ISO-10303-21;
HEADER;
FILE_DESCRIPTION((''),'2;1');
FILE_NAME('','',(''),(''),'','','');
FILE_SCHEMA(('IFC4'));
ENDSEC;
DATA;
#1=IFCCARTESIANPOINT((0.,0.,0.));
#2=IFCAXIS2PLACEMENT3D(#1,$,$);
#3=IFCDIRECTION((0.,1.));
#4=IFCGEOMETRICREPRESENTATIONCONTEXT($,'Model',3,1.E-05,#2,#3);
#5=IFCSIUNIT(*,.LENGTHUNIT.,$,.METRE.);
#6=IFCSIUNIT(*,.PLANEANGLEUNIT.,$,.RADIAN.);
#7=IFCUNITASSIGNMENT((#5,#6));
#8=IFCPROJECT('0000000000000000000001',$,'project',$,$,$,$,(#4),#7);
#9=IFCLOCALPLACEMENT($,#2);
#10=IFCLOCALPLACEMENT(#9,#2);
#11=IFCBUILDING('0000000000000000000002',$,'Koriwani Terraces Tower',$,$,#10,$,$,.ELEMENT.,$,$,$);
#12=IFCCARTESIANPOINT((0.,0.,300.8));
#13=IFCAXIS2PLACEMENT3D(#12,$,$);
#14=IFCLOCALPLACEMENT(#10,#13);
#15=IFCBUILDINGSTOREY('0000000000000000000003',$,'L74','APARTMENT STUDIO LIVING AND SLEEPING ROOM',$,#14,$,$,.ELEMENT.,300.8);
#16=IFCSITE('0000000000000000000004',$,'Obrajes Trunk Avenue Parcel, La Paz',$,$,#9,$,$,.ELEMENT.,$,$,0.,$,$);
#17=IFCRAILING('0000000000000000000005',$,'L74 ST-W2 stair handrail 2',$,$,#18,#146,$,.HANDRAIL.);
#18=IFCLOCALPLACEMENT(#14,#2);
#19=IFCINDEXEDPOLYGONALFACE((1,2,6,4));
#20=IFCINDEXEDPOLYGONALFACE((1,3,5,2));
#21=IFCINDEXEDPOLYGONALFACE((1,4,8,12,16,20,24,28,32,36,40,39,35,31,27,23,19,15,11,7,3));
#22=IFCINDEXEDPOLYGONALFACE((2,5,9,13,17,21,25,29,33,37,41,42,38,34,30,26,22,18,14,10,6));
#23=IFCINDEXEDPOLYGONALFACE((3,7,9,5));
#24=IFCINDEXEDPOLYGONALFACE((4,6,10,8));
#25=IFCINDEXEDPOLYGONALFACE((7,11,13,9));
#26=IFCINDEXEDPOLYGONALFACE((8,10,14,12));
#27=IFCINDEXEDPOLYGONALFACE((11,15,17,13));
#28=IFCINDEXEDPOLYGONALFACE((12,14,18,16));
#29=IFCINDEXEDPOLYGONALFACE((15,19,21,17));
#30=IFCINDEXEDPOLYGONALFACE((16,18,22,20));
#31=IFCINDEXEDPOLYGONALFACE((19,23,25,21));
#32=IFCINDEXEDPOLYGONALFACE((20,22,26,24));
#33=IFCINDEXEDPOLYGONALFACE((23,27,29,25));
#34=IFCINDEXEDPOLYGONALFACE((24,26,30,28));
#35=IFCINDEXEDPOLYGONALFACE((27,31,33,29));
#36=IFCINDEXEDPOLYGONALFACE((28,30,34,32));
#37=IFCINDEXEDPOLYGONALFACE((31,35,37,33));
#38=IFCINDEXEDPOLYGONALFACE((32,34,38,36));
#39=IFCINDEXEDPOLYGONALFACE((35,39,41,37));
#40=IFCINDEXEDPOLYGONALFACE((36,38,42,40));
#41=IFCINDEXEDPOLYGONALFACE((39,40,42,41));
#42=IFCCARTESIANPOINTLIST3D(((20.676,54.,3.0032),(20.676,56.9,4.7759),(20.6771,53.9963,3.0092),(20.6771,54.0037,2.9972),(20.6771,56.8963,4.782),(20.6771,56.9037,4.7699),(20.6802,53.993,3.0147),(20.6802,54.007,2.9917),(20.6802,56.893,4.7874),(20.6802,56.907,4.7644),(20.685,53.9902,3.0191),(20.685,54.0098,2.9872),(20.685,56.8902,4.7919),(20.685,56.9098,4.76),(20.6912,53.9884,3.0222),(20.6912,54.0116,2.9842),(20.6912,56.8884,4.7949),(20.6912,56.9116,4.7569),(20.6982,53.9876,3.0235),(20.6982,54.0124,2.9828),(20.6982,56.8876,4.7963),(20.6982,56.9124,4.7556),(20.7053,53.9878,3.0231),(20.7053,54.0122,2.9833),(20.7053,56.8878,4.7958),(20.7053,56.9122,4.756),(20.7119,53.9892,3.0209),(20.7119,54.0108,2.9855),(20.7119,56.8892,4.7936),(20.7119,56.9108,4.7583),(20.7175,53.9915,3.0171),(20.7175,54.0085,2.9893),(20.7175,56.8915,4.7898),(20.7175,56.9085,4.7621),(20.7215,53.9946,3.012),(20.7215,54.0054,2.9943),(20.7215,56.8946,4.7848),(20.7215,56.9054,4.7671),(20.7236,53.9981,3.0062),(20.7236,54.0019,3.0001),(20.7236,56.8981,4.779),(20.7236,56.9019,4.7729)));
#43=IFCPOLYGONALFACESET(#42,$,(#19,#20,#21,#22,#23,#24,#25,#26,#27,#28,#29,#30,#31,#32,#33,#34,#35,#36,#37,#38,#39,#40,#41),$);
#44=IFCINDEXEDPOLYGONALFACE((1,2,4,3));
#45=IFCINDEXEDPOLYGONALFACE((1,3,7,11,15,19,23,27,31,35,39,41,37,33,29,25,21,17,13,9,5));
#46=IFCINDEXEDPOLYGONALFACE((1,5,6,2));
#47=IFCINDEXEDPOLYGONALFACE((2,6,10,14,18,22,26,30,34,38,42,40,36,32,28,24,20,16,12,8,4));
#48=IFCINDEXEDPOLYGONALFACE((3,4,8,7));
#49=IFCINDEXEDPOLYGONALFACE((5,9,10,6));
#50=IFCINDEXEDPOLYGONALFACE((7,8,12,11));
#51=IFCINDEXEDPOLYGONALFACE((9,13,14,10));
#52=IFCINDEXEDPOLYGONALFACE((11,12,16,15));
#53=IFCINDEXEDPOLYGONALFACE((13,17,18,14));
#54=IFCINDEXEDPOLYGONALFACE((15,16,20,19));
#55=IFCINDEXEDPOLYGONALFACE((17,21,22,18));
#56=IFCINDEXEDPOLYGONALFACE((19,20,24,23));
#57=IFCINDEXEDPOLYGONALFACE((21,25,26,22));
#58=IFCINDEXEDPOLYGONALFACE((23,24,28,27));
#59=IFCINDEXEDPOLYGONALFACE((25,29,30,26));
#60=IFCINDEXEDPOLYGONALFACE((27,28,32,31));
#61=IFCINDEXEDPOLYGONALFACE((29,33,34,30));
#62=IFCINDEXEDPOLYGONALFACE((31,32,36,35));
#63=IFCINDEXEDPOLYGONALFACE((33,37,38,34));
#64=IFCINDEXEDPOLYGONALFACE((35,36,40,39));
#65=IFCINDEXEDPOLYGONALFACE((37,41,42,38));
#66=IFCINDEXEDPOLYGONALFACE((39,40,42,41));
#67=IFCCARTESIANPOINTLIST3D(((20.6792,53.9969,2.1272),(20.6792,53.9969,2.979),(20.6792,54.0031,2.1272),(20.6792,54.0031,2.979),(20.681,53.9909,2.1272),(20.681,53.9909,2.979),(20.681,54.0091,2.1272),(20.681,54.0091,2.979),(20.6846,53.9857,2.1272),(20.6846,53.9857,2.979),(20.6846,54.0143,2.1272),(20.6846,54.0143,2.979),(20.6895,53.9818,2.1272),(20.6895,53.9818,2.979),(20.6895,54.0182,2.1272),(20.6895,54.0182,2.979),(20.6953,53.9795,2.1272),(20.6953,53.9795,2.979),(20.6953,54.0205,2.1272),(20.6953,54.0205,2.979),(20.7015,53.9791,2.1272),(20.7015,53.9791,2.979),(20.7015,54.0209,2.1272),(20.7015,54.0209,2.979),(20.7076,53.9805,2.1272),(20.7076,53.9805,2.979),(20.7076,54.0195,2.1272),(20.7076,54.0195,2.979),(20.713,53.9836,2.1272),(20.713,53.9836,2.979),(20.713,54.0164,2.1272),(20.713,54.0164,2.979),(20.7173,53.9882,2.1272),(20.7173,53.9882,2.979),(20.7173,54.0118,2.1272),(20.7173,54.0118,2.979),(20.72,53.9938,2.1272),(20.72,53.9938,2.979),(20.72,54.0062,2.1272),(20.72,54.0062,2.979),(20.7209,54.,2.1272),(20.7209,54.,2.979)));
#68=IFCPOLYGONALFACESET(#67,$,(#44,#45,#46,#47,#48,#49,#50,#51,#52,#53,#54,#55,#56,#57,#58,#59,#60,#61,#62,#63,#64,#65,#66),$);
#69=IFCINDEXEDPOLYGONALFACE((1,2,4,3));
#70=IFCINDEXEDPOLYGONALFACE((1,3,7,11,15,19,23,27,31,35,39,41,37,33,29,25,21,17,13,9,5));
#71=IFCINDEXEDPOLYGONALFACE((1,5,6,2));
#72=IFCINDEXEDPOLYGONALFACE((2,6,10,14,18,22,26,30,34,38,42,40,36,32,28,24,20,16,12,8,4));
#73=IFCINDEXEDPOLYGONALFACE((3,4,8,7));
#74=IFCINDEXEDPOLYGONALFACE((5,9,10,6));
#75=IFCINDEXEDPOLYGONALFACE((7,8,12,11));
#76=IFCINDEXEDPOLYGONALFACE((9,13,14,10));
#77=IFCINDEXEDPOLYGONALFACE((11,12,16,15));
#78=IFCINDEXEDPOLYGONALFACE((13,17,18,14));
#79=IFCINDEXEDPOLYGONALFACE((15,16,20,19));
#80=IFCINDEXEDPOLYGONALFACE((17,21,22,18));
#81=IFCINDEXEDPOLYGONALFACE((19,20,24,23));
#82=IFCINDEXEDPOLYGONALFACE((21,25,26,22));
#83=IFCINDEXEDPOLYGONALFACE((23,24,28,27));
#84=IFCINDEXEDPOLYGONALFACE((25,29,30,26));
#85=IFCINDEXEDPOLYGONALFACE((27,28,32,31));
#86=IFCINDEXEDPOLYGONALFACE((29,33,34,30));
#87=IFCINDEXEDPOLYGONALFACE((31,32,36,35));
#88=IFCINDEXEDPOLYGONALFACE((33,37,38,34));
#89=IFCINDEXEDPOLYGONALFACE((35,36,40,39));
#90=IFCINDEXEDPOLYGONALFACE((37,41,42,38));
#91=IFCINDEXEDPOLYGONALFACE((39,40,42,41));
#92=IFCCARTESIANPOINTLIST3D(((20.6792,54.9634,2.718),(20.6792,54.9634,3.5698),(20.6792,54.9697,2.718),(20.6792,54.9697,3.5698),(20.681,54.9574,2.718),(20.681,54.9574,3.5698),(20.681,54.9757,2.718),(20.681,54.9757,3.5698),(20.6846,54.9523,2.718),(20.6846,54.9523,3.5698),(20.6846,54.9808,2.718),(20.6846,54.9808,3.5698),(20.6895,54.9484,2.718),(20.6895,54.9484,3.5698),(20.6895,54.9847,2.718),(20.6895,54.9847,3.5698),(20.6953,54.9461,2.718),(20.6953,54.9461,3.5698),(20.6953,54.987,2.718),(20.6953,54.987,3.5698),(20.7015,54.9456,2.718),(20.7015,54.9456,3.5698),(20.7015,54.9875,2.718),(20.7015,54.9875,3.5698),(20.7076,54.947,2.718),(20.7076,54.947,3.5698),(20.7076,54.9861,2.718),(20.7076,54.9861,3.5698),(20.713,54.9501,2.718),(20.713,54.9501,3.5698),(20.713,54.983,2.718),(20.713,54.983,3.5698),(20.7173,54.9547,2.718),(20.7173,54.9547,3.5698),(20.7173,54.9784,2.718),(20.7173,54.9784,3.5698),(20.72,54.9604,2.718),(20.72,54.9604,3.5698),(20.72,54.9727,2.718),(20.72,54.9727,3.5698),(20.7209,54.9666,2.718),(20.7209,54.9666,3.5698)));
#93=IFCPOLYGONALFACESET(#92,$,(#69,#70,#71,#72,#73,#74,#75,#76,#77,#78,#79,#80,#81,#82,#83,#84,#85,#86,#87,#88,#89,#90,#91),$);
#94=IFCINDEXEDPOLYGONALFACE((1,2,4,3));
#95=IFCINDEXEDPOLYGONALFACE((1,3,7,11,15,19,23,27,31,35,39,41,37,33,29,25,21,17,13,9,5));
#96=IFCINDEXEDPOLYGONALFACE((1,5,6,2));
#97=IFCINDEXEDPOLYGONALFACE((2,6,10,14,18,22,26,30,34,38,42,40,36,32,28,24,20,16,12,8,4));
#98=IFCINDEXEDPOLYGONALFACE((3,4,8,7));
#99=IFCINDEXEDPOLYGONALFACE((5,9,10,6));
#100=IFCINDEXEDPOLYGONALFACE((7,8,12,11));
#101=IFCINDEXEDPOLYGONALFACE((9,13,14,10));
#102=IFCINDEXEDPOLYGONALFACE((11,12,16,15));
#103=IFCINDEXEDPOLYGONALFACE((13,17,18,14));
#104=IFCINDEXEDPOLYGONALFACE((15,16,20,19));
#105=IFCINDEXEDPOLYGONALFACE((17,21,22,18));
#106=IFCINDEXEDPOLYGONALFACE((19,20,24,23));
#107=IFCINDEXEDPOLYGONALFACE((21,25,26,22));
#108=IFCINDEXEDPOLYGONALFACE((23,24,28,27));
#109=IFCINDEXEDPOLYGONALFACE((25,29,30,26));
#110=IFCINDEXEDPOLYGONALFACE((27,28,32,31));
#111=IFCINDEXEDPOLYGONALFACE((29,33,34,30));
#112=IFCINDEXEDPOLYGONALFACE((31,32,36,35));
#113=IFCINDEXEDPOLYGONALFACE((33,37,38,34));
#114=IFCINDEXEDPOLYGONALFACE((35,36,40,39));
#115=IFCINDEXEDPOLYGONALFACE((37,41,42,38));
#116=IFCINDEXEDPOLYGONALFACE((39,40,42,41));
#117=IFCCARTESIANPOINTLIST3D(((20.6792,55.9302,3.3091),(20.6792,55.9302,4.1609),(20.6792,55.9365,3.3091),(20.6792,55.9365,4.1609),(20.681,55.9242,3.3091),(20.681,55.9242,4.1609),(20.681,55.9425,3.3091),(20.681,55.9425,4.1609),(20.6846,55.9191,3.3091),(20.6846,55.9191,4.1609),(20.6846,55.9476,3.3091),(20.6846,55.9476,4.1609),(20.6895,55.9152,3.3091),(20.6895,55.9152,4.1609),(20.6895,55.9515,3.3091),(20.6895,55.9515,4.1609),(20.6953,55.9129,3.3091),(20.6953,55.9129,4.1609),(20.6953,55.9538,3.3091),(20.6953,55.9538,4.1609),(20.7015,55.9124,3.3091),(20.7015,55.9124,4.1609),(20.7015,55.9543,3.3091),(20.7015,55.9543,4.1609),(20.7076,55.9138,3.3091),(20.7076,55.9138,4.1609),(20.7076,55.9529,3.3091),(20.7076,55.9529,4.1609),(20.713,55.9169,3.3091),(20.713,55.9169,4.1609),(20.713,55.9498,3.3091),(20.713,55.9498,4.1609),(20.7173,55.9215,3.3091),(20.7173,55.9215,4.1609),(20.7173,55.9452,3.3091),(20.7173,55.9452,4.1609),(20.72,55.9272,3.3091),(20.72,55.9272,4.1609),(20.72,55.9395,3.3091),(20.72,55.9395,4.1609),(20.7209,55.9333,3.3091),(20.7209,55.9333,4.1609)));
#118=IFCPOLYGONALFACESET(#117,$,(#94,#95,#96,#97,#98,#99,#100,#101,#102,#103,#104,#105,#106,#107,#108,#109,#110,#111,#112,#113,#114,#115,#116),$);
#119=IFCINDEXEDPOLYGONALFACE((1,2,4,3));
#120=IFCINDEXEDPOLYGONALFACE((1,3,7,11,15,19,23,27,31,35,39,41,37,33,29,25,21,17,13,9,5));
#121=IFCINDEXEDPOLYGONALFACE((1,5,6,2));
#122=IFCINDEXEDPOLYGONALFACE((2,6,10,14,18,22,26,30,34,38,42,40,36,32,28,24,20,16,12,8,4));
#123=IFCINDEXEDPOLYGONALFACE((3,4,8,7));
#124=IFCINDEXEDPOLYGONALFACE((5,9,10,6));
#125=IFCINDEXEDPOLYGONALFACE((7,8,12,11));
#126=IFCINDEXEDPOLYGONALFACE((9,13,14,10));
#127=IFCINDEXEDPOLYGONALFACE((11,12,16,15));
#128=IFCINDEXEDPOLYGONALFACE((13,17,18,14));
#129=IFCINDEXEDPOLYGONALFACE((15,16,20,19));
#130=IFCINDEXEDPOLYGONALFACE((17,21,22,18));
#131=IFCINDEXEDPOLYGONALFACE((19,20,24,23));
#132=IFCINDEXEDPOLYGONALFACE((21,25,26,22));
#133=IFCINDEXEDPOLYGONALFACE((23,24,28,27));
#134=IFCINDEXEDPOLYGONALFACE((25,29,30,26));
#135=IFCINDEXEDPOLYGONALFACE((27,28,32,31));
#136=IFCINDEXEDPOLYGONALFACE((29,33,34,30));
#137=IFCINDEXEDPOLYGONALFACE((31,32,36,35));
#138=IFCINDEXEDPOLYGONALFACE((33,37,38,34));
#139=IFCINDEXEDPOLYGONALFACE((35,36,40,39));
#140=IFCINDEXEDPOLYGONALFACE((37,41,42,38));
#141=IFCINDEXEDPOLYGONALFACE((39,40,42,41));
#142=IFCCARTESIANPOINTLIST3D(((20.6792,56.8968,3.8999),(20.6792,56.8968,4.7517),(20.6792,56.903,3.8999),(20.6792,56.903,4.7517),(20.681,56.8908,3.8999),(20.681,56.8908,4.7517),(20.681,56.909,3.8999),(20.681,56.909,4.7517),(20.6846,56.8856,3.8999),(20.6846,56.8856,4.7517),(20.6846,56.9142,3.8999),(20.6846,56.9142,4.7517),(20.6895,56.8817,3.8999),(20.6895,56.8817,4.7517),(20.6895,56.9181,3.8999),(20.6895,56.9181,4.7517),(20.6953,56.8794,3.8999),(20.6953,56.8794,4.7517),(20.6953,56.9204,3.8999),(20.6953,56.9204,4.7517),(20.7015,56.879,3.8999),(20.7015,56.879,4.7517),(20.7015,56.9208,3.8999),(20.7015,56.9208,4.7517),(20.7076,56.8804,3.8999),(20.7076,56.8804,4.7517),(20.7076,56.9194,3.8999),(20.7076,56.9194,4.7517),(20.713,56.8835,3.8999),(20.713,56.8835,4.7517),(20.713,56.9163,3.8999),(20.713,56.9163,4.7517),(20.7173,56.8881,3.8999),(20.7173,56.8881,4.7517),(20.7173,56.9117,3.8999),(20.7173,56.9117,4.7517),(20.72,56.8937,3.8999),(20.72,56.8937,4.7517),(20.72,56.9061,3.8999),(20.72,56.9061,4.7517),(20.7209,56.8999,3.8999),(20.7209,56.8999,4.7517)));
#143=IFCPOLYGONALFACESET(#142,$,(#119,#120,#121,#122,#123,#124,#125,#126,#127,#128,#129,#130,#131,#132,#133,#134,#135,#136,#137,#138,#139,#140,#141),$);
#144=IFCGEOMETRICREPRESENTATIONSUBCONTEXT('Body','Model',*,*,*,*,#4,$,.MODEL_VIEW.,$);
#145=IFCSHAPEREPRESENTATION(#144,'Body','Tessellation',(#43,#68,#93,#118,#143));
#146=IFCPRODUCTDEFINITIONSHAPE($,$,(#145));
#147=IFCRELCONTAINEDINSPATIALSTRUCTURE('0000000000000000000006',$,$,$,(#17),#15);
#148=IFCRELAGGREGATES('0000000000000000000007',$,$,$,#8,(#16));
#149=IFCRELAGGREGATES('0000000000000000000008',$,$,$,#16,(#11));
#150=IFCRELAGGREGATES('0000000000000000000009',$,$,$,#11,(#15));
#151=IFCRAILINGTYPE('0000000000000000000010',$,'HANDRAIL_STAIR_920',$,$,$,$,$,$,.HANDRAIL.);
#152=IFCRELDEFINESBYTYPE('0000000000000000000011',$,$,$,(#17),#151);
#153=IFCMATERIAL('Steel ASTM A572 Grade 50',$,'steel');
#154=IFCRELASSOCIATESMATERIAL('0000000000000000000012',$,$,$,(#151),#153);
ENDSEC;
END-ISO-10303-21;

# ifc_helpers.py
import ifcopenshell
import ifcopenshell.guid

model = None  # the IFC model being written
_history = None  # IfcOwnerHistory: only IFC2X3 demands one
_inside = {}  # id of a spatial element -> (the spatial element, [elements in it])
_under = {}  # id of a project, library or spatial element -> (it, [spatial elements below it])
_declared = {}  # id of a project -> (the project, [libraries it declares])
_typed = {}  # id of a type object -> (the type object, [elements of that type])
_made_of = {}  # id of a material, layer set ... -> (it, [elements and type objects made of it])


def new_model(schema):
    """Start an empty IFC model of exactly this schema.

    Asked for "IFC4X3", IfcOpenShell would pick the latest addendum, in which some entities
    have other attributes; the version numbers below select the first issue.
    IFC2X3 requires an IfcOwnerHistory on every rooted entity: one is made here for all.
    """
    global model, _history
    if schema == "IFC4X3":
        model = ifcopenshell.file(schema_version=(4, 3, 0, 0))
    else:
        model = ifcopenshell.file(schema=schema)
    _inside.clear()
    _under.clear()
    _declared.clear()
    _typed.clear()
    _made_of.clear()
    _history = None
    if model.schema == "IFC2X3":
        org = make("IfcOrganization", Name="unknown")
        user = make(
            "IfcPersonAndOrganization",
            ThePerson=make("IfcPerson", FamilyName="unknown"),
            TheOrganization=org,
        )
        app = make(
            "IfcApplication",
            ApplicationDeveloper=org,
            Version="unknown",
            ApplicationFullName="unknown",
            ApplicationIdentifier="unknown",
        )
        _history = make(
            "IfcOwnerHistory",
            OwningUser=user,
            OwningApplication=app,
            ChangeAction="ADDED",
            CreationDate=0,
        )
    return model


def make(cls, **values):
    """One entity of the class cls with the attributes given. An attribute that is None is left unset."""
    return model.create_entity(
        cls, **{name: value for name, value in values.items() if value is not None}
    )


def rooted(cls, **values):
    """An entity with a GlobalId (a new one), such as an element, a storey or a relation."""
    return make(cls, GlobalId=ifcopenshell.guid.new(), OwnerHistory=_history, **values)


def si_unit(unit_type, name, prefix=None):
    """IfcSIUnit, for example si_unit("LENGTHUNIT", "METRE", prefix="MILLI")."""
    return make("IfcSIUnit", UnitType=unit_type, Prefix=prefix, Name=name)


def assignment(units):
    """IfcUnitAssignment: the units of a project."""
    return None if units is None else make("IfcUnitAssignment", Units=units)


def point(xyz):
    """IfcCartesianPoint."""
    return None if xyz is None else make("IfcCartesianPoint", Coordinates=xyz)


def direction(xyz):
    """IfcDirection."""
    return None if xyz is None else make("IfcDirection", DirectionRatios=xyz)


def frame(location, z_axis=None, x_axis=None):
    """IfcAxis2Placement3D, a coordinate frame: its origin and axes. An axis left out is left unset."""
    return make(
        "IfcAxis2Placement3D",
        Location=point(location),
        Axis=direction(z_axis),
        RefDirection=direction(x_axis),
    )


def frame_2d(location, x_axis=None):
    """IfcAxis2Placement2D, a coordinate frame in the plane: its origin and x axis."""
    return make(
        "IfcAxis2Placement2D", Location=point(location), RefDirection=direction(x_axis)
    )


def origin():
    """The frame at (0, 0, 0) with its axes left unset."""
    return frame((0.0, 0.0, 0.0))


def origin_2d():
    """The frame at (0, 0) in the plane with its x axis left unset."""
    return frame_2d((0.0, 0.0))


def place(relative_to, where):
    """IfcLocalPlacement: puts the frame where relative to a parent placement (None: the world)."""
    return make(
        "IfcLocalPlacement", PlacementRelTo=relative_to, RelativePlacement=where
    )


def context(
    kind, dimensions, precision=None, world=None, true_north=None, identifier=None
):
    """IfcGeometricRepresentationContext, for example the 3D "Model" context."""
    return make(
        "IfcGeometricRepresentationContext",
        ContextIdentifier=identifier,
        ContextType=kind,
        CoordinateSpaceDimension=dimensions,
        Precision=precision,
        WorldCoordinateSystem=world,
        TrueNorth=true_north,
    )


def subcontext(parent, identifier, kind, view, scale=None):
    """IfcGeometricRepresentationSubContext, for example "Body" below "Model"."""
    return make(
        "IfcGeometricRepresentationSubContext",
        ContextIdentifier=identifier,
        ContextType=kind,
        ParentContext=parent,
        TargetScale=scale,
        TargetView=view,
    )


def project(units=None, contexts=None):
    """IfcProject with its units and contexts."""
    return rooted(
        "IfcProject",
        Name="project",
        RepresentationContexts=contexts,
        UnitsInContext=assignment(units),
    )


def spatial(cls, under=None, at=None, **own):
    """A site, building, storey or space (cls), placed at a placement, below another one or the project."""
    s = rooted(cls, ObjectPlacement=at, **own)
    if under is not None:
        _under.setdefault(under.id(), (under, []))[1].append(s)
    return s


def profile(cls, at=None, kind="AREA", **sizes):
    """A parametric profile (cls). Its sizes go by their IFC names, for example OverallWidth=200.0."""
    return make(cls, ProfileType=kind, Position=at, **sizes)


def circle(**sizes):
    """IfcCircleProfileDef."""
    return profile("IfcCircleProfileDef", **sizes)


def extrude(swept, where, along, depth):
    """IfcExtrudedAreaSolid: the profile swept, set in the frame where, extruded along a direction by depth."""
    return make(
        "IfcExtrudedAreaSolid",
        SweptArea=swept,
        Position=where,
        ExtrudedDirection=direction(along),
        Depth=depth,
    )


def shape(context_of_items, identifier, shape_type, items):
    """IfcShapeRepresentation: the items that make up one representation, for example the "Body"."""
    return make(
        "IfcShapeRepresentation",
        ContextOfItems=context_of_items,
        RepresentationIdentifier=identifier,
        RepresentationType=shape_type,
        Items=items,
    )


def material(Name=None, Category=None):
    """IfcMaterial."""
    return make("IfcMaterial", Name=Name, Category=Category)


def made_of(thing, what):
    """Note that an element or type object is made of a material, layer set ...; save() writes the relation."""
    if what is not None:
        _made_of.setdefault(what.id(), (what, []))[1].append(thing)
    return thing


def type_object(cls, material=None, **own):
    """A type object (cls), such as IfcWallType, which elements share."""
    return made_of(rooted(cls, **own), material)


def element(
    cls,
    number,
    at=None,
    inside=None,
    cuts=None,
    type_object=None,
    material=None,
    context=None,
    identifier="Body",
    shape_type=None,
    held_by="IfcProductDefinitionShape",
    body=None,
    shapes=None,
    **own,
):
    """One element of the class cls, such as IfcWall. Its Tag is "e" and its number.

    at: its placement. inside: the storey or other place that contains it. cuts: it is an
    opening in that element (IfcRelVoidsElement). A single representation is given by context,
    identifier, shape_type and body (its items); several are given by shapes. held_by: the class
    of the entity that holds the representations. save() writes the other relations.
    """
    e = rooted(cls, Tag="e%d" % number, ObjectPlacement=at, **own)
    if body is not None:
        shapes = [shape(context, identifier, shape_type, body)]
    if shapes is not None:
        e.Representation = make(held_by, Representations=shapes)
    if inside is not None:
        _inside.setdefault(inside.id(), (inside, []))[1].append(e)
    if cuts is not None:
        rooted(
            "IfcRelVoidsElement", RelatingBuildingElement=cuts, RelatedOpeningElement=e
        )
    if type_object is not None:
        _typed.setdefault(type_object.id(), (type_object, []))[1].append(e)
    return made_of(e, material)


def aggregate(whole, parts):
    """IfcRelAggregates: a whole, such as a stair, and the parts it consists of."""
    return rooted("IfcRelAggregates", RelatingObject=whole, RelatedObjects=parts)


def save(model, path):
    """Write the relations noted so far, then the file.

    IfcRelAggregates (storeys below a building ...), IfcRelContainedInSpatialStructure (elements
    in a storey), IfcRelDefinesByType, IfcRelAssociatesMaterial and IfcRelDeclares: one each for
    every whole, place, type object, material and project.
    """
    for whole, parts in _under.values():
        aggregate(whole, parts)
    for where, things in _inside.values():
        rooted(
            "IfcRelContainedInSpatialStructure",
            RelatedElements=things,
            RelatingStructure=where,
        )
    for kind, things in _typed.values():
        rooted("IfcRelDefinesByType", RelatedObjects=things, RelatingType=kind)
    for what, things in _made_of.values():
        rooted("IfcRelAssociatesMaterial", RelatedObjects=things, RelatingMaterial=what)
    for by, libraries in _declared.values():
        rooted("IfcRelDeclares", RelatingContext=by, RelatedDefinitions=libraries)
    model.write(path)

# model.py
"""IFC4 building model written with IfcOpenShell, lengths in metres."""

from ifc_helpers import new_model, si_unit, direction, frame, origin, origin_2d, place, context, subcontext, project, spatial, circle, extrude, material, type_object, element, save


model = new_model("IFC4")

# Units and contexts
model_context = context("Model", 3, precision=1e-05, world=origin(), true_north=direction((0.0, 1.0)))
body_context = subcontext(model_context, "Body", "Model", "MODEL_VIEW")
ifc_project = project(units=[si_unit("LENGTHUNIT", "METRE"), si_unit("PLANEANGLEUNIT", "RADIAN")], contexts=[model_context])

# Site, building, storey
site_placement = place(None, origin())
site = spatial("IfcSite", under=ifc_project, at=site_placement, Name="Obrajes Trunk Avenue Parcel, La Paz", CompositionType="ELEMENT", RefElevation=0.0)
building_placement = place(site_placement, origin())
building = spatial("IfcBuilding", under=site, at=building_placement, Name="Koriwani Terraces Tower", CompositionType="ELEMENT")
storey_placement = place(building_placement, frame((0.0, 0.0, 300.8)))
storey = spatial("IfcBuildingStorey", under=building, at=storey_placement, Name="L74", Description="APARTMENT STUDIO LIVING AND SLEEPING ROOM", CompositionType="ELEMENT", Elevation=300.8)

# Shared definitions
ifc_material_1 = material(Name="Steel ASTM A572 Grade 50", Category="steel")

# Railing
railing_type = type_object("IfcRailingType", Name="HANDRAIL_STAIR_920", PredefinedType="HANDRAIL", material=ifc_material_1)
for number, where, name in (
    (1, (20.7, 54.0, 2.1272), "L74 ST-W2 stair handrail 2"),
):
    element("IfcRailing", number, at=place(storey_placement, frame(where)), inside=storey, type_object=railing_type, Name=name, PredefinedType="HANDRAIL", context=body_context, shape_type="SweptSolid", body=[
        extrude(circle(Radius=0.0239, at=origin_2d()), frame((0.0, 0.0, 0.876), z_axis=(0.0, 0.853211, 0.521566), x_axis=(-1.0, 0.0, 0.0)), (0.0, 0.0, 1.0), 3.3989),
        extrude(circle(Radius=0.021, at=origin_2d()), origin(), (0.0, 0.0, 1.0), 0.8518),
        extrude(circle(Radius=0.021, at=origin_2d()), frame((0.0, 0.9666, 0.5908)), (0.0, 0.0, 1.0), 0.8518),
        extrude(circle(Radius=0.021, at=origin_2d()), frame((0.0, 1.9333, 1.1819)), (0.0, 0.0, 1.0), 0.8518),
        extrude(circle(Radius=0.021, at=origin_2d()), frame((0.0, 2.8999, 1.7727)), (0.0, 0.0, 1.0), 0.8518),
    ])

save(model, "model.ifc")
